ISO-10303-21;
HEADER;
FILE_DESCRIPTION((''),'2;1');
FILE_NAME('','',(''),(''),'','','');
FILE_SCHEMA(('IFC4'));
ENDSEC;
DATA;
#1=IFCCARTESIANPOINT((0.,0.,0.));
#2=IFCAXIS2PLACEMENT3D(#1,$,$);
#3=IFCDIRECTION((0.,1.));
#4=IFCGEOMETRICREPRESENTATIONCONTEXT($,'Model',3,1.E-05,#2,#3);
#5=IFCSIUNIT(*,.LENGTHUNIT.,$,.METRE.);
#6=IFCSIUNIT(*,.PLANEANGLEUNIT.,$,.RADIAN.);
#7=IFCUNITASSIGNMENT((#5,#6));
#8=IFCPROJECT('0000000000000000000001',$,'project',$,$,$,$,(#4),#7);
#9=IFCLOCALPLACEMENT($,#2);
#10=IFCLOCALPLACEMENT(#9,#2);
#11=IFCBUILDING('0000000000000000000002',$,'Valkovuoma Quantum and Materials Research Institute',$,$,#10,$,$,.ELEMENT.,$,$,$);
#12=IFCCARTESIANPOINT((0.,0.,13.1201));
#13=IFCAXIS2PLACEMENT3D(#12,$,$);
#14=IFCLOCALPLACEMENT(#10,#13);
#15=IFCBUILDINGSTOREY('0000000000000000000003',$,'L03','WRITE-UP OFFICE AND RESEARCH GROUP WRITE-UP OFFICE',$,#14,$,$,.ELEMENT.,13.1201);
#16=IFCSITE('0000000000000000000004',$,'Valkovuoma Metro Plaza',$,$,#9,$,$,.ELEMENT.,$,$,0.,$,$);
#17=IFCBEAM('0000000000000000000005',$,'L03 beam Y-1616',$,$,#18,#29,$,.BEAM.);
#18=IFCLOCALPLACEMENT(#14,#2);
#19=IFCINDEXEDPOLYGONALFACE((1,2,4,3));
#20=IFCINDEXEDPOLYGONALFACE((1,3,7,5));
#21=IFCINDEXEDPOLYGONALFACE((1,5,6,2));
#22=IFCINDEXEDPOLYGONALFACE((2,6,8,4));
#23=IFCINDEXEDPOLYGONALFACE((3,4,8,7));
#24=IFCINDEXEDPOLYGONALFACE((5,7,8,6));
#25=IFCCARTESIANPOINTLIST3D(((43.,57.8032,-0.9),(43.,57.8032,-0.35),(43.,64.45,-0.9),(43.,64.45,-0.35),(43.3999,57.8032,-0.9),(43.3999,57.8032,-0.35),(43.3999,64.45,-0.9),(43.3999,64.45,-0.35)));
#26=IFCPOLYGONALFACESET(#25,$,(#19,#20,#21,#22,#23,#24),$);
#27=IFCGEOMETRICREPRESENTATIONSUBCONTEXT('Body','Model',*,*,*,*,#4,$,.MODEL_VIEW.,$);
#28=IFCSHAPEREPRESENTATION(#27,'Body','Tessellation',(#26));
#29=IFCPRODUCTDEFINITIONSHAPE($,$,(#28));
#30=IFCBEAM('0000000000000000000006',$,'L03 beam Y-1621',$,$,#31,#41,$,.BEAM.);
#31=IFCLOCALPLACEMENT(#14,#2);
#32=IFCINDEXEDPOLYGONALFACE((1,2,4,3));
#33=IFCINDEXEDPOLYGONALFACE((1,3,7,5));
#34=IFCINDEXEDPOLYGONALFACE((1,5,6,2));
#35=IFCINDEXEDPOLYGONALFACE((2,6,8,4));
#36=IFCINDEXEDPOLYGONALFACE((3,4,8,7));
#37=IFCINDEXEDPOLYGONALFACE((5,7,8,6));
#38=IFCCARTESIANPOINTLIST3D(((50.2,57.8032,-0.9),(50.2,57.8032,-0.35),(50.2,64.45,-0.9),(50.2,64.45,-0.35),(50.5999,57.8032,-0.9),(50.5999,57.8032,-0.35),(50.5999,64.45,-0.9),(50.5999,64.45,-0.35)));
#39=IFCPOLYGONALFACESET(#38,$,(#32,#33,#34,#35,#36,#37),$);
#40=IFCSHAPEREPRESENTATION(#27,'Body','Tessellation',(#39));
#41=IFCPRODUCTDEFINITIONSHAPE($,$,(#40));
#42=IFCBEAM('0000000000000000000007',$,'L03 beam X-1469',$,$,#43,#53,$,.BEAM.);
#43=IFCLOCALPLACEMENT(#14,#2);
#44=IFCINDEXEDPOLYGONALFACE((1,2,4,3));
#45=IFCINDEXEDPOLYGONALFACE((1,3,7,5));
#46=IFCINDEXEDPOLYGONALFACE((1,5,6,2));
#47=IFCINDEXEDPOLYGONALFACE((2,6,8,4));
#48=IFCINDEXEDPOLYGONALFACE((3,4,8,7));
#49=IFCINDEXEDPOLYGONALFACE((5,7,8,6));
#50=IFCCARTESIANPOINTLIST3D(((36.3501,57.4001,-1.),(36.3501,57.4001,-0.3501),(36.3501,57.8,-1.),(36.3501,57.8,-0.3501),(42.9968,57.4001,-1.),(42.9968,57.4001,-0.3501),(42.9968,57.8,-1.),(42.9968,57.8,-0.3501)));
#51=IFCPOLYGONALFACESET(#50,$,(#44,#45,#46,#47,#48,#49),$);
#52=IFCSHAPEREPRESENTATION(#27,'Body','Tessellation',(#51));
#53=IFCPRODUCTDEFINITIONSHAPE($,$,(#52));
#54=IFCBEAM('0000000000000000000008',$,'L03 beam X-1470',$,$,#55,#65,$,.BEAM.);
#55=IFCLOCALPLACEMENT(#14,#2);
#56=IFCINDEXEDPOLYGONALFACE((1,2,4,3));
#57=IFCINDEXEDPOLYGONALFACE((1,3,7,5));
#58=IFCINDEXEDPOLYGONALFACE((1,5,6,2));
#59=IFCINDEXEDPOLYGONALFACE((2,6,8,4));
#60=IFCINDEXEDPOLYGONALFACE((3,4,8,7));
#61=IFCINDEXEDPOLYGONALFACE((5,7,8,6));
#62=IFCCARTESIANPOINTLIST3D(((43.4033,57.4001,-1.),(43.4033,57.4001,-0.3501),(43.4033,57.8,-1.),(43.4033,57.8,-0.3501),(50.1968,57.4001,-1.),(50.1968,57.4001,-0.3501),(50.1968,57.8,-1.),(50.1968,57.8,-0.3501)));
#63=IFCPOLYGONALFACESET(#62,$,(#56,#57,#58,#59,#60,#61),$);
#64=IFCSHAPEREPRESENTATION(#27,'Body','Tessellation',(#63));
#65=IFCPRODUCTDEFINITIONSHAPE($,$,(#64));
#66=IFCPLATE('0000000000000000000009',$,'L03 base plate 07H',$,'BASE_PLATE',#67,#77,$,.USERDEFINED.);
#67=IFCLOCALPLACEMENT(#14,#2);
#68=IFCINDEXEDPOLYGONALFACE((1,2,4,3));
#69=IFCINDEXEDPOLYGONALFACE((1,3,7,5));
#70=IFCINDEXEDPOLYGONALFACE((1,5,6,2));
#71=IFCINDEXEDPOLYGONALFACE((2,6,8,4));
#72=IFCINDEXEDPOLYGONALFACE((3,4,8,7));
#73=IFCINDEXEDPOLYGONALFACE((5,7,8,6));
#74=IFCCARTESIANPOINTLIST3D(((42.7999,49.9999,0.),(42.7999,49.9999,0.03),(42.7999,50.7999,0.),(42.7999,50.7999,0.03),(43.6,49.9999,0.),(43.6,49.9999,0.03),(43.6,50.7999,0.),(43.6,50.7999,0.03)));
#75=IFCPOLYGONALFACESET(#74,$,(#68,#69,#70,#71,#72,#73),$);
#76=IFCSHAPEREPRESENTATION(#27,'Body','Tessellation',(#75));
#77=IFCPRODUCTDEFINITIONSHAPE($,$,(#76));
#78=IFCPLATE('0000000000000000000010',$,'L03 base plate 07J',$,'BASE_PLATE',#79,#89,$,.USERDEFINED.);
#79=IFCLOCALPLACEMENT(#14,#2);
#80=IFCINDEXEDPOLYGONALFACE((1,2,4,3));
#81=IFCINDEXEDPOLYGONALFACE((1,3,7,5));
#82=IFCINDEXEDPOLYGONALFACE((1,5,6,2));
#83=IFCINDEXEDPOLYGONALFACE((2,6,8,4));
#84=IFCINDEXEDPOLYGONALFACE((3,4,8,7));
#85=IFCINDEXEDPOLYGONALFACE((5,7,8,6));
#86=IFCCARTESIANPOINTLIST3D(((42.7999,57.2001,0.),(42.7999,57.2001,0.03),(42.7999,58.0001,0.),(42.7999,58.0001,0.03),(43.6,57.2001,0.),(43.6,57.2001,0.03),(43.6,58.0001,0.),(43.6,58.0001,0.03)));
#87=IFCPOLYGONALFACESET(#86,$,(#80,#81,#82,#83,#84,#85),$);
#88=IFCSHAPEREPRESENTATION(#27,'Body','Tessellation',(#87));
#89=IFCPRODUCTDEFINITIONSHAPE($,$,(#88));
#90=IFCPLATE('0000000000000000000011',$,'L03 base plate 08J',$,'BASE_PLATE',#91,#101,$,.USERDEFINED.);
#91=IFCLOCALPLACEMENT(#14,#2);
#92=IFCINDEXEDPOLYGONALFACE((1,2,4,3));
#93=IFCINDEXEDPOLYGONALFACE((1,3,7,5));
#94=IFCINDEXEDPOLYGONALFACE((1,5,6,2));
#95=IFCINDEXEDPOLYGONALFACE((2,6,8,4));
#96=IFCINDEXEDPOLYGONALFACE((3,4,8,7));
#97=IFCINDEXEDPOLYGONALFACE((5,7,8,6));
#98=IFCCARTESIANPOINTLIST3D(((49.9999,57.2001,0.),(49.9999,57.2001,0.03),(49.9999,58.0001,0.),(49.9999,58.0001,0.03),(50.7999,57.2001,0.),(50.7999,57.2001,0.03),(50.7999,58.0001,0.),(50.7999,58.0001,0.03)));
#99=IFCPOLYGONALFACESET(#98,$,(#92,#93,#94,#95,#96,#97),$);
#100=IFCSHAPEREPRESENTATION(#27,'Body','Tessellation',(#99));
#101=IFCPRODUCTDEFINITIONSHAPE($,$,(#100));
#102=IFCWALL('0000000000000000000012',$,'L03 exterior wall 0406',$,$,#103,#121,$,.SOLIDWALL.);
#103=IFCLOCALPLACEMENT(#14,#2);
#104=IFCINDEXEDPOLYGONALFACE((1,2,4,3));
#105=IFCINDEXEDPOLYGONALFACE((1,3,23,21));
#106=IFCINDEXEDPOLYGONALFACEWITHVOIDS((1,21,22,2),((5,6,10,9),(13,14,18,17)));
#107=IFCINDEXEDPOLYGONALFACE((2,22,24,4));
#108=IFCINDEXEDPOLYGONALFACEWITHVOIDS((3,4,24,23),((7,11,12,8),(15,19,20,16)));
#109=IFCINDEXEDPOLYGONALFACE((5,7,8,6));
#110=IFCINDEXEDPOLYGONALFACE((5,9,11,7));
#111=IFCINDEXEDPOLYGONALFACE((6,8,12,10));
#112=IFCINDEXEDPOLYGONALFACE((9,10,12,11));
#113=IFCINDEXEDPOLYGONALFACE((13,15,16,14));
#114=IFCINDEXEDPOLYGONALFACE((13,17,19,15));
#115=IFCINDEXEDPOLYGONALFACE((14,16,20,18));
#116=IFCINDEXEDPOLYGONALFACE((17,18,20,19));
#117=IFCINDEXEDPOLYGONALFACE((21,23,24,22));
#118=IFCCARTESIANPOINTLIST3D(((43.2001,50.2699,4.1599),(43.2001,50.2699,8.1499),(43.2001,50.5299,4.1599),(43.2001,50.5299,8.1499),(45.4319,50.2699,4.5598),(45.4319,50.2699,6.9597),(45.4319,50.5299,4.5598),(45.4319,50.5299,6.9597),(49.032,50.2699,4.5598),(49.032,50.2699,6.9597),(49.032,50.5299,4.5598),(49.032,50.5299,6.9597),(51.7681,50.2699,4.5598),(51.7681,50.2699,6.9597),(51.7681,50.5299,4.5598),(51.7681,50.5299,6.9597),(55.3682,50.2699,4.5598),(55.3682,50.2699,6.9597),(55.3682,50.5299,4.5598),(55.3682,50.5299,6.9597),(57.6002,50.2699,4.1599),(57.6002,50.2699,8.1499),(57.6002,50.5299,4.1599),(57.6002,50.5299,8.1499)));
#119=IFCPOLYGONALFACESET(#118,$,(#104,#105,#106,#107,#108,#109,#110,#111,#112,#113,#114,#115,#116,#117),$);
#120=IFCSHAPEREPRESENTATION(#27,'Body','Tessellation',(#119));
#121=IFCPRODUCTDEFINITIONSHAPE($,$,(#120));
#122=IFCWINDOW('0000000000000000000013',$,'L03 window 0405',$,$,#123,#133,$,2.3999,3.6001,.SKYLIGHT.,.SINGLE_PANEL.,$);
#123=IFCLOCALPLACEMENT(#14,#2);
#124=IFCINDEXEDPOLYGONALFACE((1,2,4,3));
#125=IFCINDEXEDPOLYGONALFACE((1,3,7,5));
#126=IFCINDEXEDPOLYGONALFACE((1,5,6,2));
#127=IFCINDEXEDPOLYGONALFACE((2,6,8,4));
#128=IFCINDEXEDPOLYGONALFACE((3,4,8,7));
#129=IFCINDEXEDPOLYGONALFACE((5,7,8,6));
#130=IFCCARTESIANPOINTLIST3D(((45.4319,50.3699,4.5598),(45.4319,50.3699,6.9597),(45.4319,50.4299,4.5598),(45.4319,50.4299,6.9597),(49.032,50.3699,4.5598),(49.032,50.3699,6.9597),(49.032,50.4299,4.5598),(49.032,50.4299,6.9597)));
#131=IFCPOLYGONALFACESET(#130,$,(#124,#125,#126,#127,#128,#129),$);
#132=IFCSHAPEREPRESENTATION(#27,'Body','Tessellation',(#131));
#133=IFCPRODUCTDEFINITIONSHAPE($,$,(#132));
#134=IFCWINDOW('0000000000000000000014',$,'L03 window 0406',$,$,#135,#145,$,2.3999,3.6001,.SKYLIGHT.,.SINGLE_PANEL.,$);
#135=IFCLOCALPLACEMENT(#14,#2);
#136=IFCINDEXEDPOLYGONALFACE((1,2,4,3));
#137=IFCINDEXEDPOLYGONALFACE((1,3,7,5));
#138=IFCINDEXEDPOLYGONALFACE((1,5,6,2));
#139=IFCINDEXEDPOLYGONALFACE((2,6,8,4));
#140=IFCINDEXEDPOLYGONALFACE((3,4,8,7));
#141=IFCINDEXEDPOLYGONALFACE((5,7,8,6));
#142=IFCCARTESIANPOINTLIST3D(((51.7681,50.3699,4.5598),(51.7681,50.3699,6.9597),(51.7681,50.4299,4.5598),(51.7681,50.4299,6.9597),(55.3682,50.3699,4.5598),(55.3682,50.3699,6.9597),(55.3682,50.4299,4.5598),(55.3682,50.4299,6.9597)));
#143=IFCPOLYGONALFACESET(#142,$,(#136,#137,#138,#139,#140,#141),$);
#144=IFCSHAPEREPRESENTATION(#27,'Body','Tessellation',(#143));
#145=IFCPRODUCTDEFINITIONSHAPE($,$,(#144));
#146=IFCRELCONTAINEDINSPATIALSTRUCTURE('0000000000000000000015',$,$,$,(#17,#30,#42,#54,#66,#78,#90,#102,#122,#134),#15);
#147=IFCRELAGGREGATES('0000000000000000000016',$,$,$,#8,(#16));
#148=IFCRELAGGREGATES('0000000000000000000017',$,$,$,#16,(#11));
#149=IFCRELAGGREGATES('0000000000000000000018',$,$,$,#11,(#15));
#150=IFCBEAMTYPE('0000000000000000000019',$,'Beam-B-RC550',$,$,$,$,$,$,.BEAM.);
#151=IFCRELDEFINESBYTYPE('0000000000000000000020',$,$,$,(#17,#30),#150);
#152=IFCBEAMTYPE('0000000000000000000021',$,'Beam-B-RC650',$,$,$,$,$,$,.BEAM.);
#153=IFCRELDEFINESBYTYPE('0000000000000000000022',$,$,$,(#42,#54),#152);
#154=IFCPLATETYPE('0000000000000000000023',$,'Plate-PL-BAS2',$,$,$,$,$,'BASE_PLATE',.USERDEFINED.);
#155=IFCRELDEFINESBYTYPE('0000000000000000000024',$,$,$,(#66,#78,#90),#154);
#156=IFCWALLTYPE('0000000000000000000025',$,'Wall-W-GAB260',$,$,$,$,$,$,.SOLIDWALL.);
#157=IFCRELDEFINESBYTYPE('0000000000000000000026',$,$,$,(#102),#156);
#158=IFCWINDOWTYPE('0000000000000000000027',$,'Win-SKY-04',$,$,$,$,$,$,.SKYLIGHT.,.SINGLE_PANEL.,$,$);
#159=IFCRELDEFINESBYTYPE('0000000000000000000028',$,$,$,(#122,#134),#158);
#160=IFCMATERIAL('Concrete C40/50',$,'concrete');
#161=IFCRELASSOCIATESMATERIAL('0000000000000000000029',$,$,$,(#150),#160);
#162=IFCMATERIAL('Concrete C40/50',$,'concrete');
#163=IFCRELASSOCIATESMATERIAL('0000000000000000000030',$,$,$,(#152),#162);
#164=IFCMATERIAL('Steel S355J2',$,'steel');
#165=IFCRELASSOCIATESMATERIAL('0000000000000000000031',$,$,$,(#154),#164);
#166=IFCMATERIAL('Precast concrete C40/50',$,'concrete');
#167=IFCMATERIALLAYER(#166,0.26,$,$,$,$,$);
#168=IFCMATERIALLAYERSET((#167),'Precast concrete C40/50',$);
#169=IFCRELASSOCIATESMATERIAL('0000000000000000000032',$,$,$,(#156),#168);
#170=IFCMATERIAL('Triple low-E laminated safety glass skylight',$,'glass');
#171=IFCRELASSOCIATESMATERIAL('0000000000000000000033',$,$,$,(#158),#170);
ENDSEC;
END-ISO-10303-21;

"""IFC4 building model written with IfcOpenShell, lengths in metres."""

from ifc_helpers import new_model, si_unit, direction, frame, frame_2d, origin, origin_2d, place, context, subcontext, project, spatial, rectangle, extrude, material, layer, layer_set, material_profile, profile_set, type_object, element, fill, save


model = new_model("IFC4")

# Units and contexts
model_context = context("Model", 3, precision=1e-05, world=origin(), true_north=direction((0.0, 1.0)))
body_context = subcontext(model_context, "Body", "Model", "MODEL_VIEW")
ifc_project = project(units=[si_unit("LENGTHUNIT", "METRE"), si_unit("PLANEANGLEUNIT", "RADIAN")], contexts=[model_context])

# Site, building, storey
site_placement = place(None, origin())
site = spatial("IfcSite", under=ifc_project, at=site_placement, Name="Valkovuoma Metro Plaza", CompositionType="ELEMENT", RefElevation=0.0)
building_placement = place(site_placement, origin())
building = spatial("IfcBuilding", under=site, at=building_placement, Name="Valkovuoma Quantum and Materials Research Institute", CompositionType="ELEMENT")
storey_placement = place(building_placement, frame((0.0, 0.0, 13.1201)))
storey = spatial("IfcBuildingStorey", under=building, at=storey_placement, Name="L03", Description="WRITE-UP OFFICE AND RESEARCH GROUP WRITE-UP OFFICE", CompositionType="ELEMENT", Elevation=13.1201)

# Beams
ifc_material_1 = material(Name="Concrete C40/50", Category="concrete")
ifc_material_profile_1 = material_profile(ifc_material_1, rectangle(XDim=0.3999, YDim=0.55, at=origin_2d()), Name="Concrete C40/50")
ifc_profile_set_1 = profile_set([ifc_material_profile_1], Name="Concrete C40/50")
beam_type_1 = type_object("IfcBeamType", Name="Beam-B-RC550", PredefinedType="BEAM", material=ifc_profile_set_1)
for number, where, z_axis, x_axis, name in (
    (1, (43.2, 57.8032, -0.625), (0.0, 1.0, 0.0), (-1.0, 0.0, 0.0), "L03 beam Y-1616"),
    (2, (50.3999, 57.8032, -0.625), (0.0, 1.0, 0.0), (-1.0, 0.0, 0.0), "L03 beam Y-1621"),
):
    element("IfcBeam", number, at=place(storey_placement, frame(where, z_axis=z_axis, x_axis=x_axis)), inside=storey, type_object=beam_type_1, Name=name, PredefinedType="BEAM", context=body_context, shape_type="SweptSolid", body=[
        extrude(rectangle(XDim=0.3999, YDim=0.55, at=origin_2d()), origin(), (0.0, 0.0, 1.0), 6.6467),
    ])
ifc_material_2 = material(Name="Concrete C40/50", Category="concrete")
ifc_material_profile_2 = material_profile(ifc_material_2, rectangle(XDim=0.3999, YDim=0.6499, at=origin_2d()), Name="Concrete C40/50")
ifc_profile_set_2 = profile_set([ifc_material_profile_2], Name="Concrete C40/50")
beam_type_2 = type_object("IfcBeamType", Name="Beam-B-RC650", PredefinedType="BEAM", material=ifc_profile_set_2)
beam_1_placement = place(storey_placement, frame((36.3501, 57.6001, -0.675), z_axis=(1.0, 0.0, 0.0), x_axis=(0.0, 1.0, 0.0)))
element("IfcBeam", 3, at=beam_1_placement, inside=storey, type_object=beam_type_2, Name="L03 beam X-1469", PredefinedType="BEAM", context=body_context, shape_type="SweptSolid", body=[
    extrude(rectangle(XDim=0.3999, YDim=0.6499, at=origin_2d()), origin(), (0.0, 0.0, 1.0), 6.6467),
])
beam_2_placement = place(storey_placement, frame((43.4033, 57.6001, -0.675), z_axis=(1.0, 0.0, 0.0), x_axis=(0.0, 1.0, 0.0)))
element("IfcBeam", 4, at=beam_2_placement, inside=storey, type_object=beam_type_2, Name="L03 beam X-1470", PredefinedType="BEAM", context=body_context, shape_type="SweptSolid", body=[
    extrude(rectangle(XDim=0.3999, YDim=0.6499, at=origin_2d()), origin(), (0.0, 0.0, 1.0), 6.7935),
])

# Plates
ifc_material_3 = material(Name="Steel S355J2", Category="steel")
plate_type = type_object("IfcPlateType", Name="Plate-PL-BAS2", ElementType="BASE_PLATE", PredefinedType="USERDEFINED", material=ifc_material_3)
for number, where, z_axis, x_axis, name in (
    (5, (43.2, 50.3999, 0.0), (0.0, 0.0, 1.0), (1.0, 0.0, 0.0), "L03 base plate 07H"),
    (6, (43.2, 57.6001, 0.0), (0.0, 0.0, 1.0), (1.0, 0.0, 0.0), "L03 base plate 07J"),
    (7, (50.3999, 57.6001, 0.0), (0.0, 0.0, 1.0), (1.0, 0.0, 0.0), "L03 base plate 08J"),
):
    element("IfcPlate", number, at=place(storey_placement, frame(where, z_axis=z_axis, x_axis=x_axis)), inside=storey, type_object=plate_type, Name=name, ObjectType="BASE_PLATE", PredefinedType="USERDEFINED", context=body_context, shape_type="SweptSolid", body=[
        extrude(rectangle(XDim=0.8, YDim=0.8, at=origin_2d()), origin(), (0.0, 0.0, 1.0), 0.03),
    ])

# Wall, openings, windows
ifc_material_4 = material(Name="Precast concrete C40/50", Category="concrete")
ifc_layer = layer(ifc_material_4, 0.26)
ifc_layer_set = layer_set([ifc_layer], Name="Precast concrete C40/50")
wall_type = type_object("IfcWallType", Name="Wall-W-GAB260", PredefinedType="SOLIDWALL", material=ifc_layer_set)
wall_1_placement = place(storey_placement, frame((43.2, 50.3999, 4.1599), z_axis=(0.0, 0.0, 1.0), x_axis=(1.0, 0.0, 0.0)))
wall_1 = element("IfcWall", 8, at=wall_1_placement, inside=storey, type_object=wall_type, Name="L03 exterior wall 0406", PredefinedType="SOLIDWALL", context=body_context, shape_type="SweptSolid", body=[
    extrude(rectangle(XDim=14.4001, YDim=0.26, at=frame_2d((7.2002, 0.0))), origin(), (0.0, 0.0, 1.0), 3.99),
])
opening_1_placement = place(wall_1_placement, frame((2.2319, 0.0, 0.3999)))
opening_1 = element("IfcOpeningElement", 9, at=opening_1_placement, cuts=wall_1, PredefinedType="OPENING", context=body_context, shape_type="SweptSolid", body=[
    extrude(rectangle(XDim=3.6001, YDim=2.3999, at=frame_2d((1.8, 1.2))), frame((0.0, 0.1401, 0.0), z_axis=(0.0, -1.0, 0.0), x_axis=(1.0, 0.0, 0.0)), (0.0, 0.0, 1.0), 0.28),
])
opening_2_placement = place(wall_1_placement, frame((8.5681, 0.0, 0.3999)))
opening_2 = element("IfcOpeningElement", 10, at=opening_2_placement, cuts=wall_1, PredefinedType="OPENING", context=body_context, shape_type="SweptSolid", body=[
    extrude(rectangle(XDim=3.6001, YDim=2.3999, at=frame_2d((1.8, 1.2))), frame((0.0, 0.1401, 0.0), z_axis=(0.0, -1.0, 0.0), x_axis=(1.0, 0.0, 0.0)), (0.0, 0.0, 1.0), 0.28),
])
ifc_material_5 = material(Name="Triple low-E laminated safety glass skylight", Category="glass")
window_type_1 = type_object("IfcWindowType", Name="Win-SKY-04", PartitioningType="SINGLE_PANEL", PredefinedType="SKYLIGHT", material=ifc_material_5)
window_1_placement = place(opening_1_placement, origin())
window_1 = element("IfcWindow", 11, at=window_1_placement, inside=storey, type_object=window_type_1, Name="L03 window 0405", OverallHeight=2.3999, OverallWidth=3.6001, PartitioningType="SINGLE_PANEL", PredefinedType="SKYLIGHT", context=body_context, shape_type="SweptSolid", body=[
    extrude(rectangle(XDim=3.6001, YDim=2.3999, at=frame_2d((1.8, 1.2))), frame((0.0, 0.03, 0.0), z_axis=(0.0, -1.0, 0.0), x_axis=(1.0, 0.0, 0.0)), (0.0, 0.0, 1.0), 0.0601),
])
fill(opening_1, window_1)
window_2_placement = place(opening_2_placement, origin())
window_2 = element("IfcWindow", 12, at=window_2_placement, inside=storey, type_object=window_type_1, Name="L03 window 0406", OverallHeight=2.3999, OverallWidth=3.6001, PartitioningType="SINGLE_PANEL", PredefinedType="SKYLIGHT", context=body_context, shape_type="SweptSolid", body=[
    extrude(rectangle(XDim=3.6001, YDim=2.3999, at=frame_2d((1.8, 1.2))), frame((0.0, 0.03, 0.0), z_axis=(0.0, -1.0, 0.0), x_axis=(1.0, 0.0, 0.0)), (0.0, 0.0, 1.0), 0.0601),
])
fill(opening_2, window_2)

save(model, "model.ifc")
